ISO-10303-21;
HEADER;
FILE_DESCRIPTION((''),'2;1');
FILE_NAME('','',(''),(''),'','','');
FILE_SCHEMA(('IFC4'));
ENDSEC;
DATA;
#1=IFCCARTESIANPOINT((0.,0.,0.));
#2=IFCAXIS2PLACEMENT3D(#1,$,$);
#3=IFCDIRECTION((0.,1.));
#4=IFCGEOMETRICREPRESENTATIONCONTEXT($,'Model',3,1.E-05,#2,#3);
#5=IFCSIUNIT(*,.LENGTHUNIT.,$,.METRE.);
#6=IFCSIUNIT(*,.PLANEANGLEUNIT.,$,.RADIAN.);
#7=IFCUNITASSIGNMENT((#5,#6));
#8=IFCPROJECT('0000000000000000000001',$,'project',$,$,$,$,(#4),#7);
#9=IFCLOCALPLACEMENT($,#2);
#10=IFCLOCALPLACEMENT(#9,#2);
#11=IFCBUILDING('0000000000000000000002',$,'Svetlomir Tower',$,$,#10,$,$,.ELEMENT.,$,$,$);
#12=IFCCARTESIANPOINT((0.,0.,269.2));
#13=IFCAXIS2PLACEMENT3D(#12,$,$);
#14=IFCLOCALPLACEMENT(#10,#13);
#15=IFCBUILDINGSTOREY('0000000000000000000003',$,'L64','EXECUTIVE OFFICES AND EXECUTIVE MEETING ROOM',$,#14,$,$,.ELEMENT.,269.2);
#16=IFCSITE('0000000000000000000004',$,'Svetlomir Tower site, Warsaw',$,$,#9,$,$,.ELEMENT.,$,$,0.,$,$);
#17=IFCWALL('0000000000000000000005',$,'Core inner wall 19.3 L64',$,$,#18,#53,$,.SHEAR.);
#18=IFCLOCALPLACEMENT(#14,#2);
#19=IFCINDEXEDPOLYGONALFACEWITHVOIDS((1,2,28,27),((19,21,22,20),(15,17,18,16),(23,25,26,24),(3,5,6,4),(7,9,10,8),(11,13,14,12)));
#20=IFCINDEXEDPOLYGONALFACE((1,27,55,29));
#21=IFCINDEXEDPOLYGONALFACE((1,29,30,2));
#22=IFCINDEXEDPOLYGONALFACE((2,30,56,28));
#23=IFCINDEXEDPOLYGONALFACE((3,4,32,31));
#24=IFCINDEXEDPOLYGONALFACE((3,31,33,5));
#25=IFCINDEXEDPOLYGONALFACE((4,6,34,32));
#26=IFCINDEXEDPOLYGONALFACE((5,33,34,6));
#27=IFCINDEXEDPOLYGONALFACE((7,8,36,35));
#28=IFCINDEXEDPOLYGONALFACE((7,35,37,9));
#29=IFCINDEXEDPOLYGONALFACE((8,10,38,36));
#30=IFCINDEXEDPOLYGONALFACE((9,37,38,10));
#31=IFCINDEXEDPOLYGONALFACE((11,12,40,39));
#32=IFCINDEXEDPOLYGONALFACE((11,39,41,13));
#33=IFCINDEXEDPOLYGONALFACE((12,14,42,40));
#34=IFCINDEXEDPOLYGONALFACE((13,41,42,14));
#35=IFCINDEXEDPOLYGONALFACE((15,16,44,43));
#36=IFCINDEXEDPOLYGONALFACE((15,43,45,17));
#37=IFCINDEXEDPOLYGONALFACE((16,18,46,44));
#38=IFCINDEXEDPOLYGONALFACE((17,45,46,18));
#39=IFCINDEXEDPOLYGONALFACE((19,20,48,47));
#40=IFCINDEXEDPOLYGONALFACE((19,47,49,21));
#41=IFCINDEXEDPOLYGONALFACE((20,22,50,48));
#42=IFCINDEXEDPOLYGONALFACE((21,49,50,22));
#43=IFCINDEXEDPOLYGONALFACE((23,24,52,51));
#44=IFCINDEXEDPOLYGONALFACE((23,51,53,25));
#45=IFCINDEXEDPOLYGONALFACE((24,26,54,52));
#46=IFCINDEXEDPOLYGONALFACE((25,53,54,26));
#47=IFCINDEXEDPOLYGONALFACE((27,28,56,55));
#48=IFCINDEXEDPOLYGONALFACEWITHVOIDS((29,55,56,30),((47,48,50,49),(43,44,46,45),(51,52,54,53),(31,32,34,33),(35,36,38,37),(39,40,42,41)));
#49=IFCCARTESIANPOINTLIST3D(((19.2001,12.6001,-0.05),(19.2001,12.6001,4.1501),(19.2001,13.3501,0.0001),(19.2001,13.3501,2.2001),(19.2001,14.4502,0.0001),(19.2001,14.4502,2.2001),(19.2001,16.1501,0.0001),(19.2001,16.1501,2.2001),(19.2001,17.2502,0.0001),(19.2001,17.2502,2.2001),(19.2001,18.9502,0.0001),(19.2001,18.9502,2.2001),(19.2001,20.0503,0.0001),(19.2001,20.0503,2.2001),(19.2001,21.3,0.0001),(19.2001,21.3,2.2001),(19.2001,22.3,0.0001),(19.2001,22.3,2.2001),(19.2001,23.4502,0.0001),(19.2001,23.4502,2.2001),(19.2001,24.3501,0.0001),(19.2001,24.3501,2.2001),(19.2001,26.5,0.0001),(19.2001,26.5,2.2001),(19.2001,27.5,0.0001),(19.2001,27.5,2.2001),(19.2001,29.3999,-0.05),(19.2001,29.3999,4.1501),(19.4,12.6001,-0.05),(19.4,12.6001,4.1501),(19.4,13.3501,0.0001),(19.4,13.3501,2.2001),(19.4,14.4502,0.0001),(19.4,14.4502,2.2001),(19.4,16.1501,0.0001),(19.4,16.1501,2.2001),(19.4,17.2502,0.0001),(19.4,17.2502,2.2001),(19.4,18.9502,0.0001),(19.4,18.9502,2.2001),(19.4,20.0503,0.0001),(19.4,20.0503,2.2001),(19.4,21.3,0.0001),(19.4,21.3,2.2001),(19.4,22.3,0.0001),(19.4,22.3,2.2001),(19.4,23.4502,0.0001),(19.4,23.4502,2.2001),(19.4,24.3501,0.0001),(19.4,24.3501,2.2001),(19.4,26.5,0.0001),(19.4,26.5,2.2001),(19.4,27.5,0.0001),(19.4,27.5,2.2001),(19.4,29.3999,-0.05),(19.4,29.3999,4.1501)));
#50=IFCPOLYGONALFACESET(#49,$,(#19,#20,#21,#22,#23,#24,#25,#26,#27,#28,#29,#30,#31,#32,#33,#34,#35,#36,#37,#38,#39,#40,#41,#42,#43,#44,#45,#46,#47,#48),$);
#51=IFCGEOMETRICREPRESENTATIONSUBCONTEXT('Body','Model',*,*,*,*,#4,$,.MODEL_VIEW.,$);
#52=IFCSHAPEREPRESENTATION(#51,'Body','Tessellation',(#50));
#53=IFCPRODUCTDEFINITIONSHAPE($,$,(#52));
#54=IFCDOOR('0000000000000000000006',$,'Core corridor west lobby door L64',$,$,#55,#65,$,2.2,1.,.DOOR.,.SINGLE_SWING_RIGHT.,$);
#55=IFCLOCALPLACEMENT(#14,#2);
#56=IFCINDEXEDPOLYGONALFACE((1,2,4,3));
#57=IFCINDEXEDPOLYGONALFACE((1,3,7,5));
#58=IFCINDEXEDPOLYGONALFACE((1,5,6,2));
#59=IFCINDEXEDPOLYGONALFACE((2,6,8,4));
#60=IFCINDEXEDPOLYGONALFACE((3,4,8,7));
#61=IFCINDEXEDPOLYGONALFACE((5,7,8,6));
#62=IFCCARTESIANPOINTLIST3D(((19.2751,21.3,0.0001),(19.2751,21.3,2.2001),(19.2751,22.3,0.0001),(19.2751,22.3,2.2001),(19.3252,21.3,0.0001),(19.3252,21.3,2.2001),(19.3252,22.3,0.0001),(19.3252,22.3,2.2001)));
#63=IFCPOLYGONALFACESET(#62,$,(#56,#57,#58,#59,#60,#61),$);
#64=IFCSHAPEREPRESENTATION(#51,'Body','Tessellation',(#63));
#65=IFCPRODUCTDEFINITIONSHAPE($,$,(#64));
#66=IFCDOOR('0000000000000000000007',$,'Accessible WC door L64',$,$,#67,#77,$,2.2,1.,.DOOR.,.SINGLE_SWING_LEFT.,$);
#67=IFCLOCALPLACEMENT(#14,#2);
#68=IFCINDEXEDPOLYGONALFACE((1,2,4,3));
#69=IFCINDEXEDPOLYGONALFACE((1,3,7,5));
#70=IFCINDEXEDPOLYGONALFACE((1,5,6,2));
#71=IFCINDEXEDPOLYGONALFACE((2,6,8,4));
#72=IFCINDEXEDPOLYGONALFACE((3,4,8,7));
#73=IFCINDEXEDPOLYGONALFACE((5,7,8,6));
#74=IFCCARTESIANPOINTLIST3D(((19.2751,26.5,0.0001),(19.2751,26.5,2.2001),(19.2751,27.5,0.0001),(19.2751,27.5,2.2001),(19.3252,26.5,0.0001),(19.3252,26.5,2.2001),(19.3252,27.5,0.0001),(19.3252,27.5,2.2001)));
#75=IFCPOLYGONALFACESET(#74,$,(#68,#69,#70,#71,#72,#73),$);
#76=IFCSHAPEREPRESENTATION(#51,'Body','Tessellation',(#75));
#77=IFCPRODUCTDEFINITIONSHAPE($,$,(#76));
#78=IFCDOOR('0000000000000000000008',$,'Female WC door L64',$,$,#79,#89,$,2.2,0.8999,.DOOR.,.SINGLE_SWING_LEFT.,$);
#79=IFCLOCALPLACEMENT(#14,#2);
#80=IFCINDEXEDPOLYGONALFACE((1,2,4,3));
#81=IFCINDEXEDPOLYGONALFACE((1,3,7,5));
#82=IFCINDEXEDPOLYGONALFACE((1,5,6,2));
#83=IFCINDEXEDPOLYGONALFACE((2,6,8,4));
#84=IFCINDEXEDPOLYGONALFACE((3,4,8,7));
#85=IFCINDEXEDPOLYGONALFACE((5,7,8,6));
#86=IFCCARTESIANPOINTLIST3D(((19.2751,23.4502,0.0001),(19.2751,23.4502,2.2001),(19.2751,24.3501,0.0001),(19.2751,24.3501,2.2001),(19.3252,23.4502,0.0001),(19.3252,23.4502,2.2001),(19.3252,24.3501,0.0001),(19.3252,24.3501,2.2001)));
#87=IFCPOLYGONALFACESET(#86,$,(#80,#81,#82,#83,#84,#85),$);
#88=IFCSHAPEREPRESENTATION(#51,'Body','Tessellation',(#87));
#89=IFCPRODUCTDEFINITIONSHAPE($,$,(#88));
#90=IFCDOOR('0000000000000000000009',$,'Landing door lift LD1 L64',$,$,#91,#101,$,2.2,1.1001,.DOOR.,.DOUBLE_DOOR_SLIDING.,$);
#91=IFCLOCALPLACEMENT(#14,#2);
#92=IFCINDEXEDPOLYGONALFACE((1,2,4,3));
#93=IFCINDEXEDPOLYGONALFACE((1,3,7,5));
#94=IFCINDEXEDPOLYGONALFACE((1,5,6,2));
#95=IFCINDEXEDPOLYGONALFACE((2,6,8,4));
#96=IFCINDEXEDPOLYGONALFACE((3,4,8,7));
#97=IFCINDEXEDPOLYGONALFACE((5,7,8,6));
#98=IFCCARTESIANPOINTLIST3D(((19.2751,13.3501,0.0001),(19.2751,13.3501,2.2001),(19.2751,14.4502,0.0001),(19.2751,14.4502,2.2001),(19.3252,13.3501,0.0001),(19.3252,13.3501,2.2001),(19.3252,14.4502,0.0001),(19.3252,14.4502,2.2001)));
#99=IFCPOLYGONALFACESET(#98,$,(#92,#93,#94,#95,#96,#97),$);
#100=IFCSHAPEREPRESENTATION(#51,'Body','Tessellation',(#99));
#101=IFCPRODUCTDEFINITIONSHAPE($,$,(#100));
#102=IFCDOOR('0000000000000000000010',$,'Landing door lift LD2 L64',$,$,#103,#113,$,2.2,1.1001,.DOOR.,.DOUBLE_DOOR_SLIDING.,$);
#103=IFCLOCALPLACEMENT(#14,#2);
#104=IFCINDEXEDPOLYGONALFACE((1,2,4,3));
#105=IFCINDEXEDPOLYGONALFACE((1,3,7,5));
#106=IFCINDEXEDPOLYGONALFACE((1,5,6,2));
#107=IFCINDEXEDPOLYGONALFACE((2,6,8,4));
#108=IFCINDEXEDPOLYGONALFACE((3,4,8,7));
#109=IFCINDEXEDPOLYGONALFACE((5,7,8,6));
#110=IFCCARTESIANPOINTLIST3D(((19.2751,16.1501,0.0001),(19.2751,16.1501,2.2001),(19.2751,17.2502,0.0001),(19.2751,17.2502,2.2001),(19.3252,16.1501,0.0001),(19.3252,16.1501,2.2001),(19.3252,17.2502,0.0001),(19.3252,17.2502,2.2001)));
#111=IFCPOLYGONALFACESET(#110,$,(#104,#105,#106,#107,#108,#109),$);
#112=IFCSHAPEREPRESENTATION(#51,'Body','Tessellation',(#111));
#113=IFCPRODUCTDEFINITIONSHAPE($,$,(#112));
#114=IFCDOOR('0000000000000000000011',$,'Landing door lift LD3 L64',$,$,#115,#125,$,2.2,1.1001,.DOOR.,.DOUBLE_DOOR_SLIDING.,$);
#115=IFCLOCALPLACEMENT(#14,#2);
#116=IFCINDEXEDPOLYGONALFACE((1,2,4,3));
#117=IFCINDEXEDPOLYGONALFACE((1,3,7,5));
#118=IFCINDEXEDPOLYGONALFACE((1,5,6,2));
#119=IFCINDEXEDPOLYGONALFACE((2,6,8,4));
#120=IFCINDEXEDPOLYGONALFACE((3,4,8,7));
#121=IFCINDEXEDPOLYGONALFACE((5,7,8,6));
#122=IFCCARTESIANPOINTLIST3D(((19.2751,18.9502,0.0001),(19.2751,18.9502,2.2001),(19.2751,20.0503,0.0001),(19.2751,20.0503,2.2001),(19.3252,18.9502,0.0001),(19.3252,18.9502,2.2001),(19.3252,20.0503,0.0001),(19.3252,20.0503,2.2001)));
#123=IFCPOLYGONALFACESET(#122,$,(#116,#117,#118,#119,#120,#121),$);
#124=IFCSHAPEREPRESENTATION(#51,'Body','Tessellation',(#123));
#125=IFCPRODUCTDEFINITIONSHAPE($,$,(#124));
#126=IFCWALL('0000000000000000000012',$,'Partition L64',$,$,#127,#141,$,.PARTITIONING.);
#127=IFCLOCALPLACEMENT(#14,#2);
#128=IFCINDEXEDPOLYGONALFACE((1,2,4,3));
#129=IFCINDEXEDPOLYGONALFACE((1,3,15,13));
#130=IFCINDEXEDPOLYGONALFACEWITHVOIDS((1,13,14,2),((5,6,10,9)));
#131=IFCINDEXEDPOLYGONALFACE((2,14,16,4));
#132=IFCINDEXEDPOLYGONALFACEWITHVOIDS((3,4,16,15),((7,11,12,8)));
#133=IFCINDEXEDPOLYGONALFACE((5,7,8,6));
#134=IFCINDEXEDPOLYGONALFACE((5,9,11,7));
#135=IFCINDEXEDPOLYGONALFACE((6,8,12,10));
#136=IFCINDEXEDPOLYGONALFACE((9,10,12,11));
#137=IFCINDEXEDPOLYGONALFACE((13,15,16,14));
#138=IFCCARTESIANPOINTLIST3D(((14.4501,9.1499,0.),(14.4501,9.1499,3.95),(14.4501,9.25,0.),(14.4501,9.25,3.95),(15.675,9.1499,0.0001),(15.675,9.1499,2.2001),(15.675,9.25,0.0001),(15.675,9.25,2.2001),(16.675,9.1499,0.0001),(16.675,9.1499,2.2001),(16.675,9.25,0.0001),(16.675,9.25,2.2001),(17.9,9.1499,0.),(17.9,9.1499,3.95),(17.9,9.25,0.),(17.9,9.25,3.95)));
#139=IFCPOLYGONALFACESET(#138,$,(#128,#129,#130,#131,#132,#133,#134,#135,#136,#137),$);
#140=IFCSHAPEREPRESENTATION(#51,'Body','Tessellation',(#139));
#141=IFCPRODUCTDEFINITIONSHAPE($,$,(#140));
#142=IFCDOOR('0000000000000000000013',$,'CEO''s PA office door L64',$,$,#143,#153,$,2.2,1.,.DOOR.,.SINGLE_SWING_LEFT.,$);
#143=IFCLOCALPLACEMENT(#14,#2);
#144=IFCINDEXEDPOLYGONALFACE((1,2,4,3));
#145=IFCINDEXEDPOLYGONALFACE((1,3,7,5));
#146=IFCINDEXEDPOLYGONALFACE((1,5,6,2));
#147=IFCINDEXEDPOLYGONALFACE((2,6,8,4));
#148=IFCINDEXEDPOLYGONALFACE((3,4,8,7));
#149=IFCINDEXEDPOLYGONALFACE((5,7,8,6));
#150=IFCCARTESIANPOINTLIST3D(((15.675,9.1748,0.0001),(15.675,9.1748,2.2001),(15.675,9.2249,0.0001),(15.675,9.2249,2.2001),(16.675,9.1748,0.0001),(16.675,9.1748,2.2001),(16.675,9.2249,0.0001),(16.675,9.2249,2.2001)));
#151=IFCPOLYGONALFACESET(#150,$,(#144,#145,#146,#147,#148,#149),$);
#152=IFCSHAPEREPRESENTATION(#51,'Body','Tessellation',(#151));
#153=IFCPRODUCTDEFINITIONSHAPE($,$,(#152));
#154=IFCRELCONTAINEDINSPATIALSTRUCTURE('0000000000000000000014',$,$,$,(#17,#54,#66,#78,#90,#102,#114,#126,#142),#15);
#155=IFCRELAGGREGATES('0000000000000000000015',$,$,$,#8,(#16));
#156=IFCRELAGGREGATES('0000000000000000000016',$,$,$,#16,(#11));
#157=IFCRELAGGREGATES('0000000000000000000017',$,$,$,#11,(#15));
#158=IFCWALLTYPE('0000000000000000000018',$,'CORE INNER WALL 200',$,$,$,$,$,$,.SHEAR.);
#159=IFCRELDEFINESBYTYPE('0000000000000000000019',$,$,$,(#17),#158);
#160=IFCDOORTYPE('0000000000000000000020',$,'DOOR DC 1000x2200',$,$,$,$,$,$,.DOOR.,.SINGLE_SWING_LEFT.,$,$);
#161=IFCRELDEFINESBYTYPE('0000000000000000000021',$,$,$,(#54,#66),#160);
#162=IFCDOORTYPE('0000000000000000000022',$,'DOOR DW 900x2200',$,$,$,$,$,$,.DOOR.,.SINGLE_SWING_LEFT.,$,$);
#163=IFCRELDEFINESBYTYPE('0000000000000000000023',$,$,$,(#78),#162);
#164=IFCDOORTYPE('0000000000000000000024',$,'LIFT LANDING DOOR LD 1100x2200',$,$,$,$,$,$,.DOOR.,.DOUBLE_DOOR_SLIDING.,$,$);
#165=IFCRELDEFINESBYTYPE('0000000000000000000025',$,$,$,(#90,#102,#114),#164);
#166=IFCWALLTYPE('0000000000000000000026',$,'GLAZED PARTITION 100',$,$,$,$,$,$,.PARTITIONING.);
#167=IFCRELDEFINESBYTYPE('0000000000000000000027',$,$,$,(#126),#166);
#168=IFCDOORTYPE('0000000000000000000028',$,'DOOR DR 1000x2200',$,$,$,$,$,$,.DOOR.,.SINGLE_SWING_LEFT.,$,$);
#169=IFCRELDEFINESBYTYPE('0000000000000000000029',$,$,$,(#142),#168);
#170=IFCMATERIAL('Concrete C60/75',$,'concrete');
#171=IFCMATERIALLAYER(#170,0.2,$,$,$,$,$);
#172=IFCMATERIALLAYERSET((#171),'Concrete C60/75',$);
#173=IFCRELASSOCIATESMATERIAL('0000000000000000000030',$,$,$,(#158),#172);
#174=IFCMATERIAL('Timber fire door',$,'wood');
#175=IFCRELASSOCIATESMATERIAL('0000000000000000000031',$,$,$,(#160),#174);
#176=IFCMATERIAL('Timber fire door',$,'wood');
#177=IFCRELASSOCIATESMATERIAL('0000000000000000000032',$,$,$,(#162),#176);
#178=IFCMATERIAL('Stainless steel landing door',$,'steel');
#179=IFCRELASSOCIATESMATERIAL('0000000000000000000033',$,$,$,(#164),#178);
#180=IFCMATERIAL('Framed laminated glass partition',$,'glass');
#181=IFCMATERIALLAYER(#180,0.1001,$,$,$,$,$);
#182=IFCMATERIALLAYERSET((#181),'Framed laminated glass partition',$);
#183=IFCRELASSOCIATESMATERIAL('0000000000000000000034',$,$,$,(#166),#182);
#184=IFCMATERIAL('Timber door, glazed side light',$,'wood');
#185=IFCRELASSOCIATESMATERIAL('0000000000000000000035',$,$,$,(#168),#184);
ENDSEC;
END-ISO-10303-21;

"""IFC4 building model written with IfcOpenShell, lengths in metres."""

from ifc_helpers import new_model, si_unit, direction, frame, frame_2d, origin, place, context, subcontext, project, spatial, rectangle, extrude, material, layer, layer_set, type_object, element, fill, save


model = new_model("IFC4")

# Units and contexts
model_context = context("Model", 3, precision=1e-05, world=origin(), true_north=direction((0.0, 1.0)))
body_context = subcontext(model_context, "Body", "Model", "MODEL_VIEW")
ifc_project = project(units=[si_unit("LENGTHUNIT", "METRE"), si_unit("PLANEANGLEUNIT", "RADIAN")], contexts=[model_context])

# Site, building, storey
site_placement = place(None, origin())
site = spatial("IfcSite", under=ifc_project, at=site_placement, Name="Svetlomir Tower site, Warsaw", CompositionType="ELEMENT", RefElevation=0.0)
building_placement = place(site_placement, origin())
building = spatial("IfcBuilding", under=site, at=building_placement, Name="Svetlomir Tower", CompositionType="ELEMENT")
storey_placement = place(building_placement, frame((0.0, 0.0, 269.2)))
storey = spatial("IfcBuildingStorey", under=building, at=storey_placement, Name="L64", Description="EXECUTIVE OFFICES AND EXECUTIVE MEETING ROOM", CompositionType="ELEMENT", Elevation=269.2)

# Shared definitions
ifc_material_1 = material(Name="Concrete C60/75", Category="concrete")
ifc_layer_1 = layer(ifc_material_1, 0.2)
ifc_layer_set_1 = layer_set([ifc_layer_1], Name="Concrete C60/75")
wall_type_1 = type_object("IfcWallType", Name="CORE INNER WALL 200", PredefinedType="SHEAR", material=ifc_layer_set_1)

# Wall, openings, doors
wall_1_placement = place(storey_placement, frame((19.3, 12.6001, -0.05), z_axis=(0.0, 0.0, 1.0), x_axis=(0.0, 1.0, 0.0)))
wall_1 = element("IfcWall", 1, at=wall_1_placement, inside=storey, type_object=wall_type_1, Name="Core inner wall 19.3 L64", PredefinedType="SHEAR", context=body_context, shape_type="SweptSolid", body=[
    extrude(rectangle(XDim=16.7998, YDim=0.2, at=frame_2d((8.3999, 0.0))), origin(), (0.0, 0.0, 1.0), 4.2002),
])
opening_1_placement = place(wall_1_placement, frame((8.7, 0.0, 0.05)))
opening_1 = element("IfcOpeningElement", 2, at=opening_1_placement, cuts=wall_1, PredefinedType="OPENING", context=body_context, shape_type="SweptSolid", body=[
    extrude(rectangle(XDim=1.0, YDim=2.2, at=frame_2d((0.5, 1.1001))), frame((0.0, 0.1099, 0.0), z_axis=(0.0, -1.0, 0.0), x_axis=(1.0, 0.0, 0.0)), (0.0, 0.0, 1.0), 0.22),
])
opening_2_placement = place(wall_1_placement, frame((10.8501, 0.0, 0.05)))
opening_2 = element("IfcOpeningElement", 3, at=opening_2_placement, cuts=wall_1, PredefinedType="OPENING", context=body_context, shape_type="SweptSolid", body=[
    extrude(rectangle(XDim=0.8999, YDim=2.2, at=frame_2d((0.45, 1.1001))), frame((0.0, 0.1099, 0.0), z_axis=(0.0, -1.0, 0.0), x_axis=(1.0, 0.0, 0.0)), (0.0, 0.0, 1.0), 0.22),
])
opening_3_placement = place(wall_1_placement, frame((13.8999, 0.0, 0.05)))
opening_3 = element("IfcOpeningElement", 4, at=opening_3_placement, cuts=wall_1, PredefinedType="OPENING", context=body_context, shape_type="SweptSolid", body=[
    extrude(rectangle(XDim=1.0, YDim=2.2, at=frame_2d((0.5, 1.1001))), frame((0.0, 0.1099, 0.0), z_axis=(0.0, -1.0, 0.0), x_axis=(1.0, 0.0, 0.0)), (0.0, 0.0, 1.0), 0.22),
])
opening_4_placement = place(wall_1_placement, frame((0.75, 0.0, 0.05)))
opening_4 = element("IfcOpeningElement", 5, at=opening_4_placement, cuts=wall_1, PredefinedType="OPENING", context=body_context, shape_type="SweptSolid", body=[
    extrude(rectangle(XDim=1.1001, YDim=2.2, at=frame_2d((0.55, 1.1001))), frame((0.0, 0.1099, 0.0), z_axis=(0.0, -1.0, 0.0), x_axis=(1.0, 0.0, 0.0)), (0.0, 0.0, 1.0), 0.22),
])
opening_5_placement = place(wall_1_placement, frame((3.55, 0.0, 0.05)))
opening_5 = element("IfcOpeningElement", 6, at=opening_5_placement, cuts=wall_1, PredefinedType="OPENING", context=body_context, shape_type="SweptSolid", body=[
    extrude(rectangle(XDim=1.1001, YDim=2.2, at=frame_2d((0.55, 1.1001))), frame((0.0, 0.1099, 0.0), z_axis=(0.0, -1.0, 0.0), x_axis=(1.0, 0.0, 0.0)), (0.0, 0.0, 1.0), 0.22),
])
opening_6_placement = place(wall_1_placement, frame((6.3501, 0.0, 0.05)))
opening_6 = element("IfcOpeningElement", 7, at=opening_6_placement, cuts=wall_1, PredefinedType="OPENING", context=body_context, shape_type="SweptSolid", body=[
    extrude(rectangle(XDim=1.1001, YDim=2.2, at=frame_2d((0.55, 1.1001))), frame((0.0, 0.1099, 0.0), z_axis=(0.0, -1.0, 0.0), x_axis=(1.0, 0.0, 0.0)), (0.0, 0.0, 1.0), 0.22),
])
ifc_material_2 = material(Name="Timber fire door", Category="wood")
door_type_1 = type_object("IfcDoorType", Name="DOOR DC 1000x2200", OperationType="SINGLE_SWING_LEFT", PredefinedType="DOOR", material=ifc_material_2)
door_1_placement = place(opening_1_placement, origin())
door_1 = element("IfcDoor", 8, at=door_1_placement, inside=storey, type_object=door_type_1, Name="Core corridor west lobby door L64", OperationType="SINGLE_SWING_RIGHT", OverallHeight=2.2, OverallWidth=1.0, PredefinedType="DOOR", context=body_context, shape_type="SweptSolid", body=[
    extrude(rectangle(XDim=1.0, YDim=2.2, at=frame_2d((0.5, 1.1001))), frame((0.0, 0.0249, 0.0), z_axis=(0.0, -1.0, 0.0), x_axis=(1.0, 0.0, 0.0)), (0.0, 0.0, 1.0), 0.05),
])
fill(opening_1, door_1)
door_2_placement = place(opening_3_placement, origin())
door_2 = element("IfcDoor", 9, at=door_2_placement, inside=storey, type_object=door_type_1, Name="Accessible WC door L64", OperationType="SINGLE_SWING_LEFT", OverallHeight=2.2, OverallWidth=1.0, PredefinedType="DOOR", context=body_context, shape_type="SweptSolid", body=[
    extrude(rectangle(XDim=1.0, YDim=2.2, at=frame_2d((0.5, 1.1001))), frame((0.0, 0.0249, 0.0), z_axis=(0.0, -1.0, 0.0), x_axis=(1.0, 0.0, 0.0)), (0.0, 0.0, 1.0), 0.05),
])
fill(opening_3, door_2)
ifc_material_3 = material(Name="Timber fire door", Category="wood")
door_type_2 = type_object("IfcDoorType", Name="DOOR DW 900x2200", OperationType="SINGLE_SWING_LEFT", PredefinedType="DOOR", material=ifc_material_3)
door_3_placement = place(opening_2_placement, origin())
door_3 = element("IfcDoor", 10, at=door_3_placement, inside=storey, type_object=door_type_2, Name="Female WC door L64", OperationType="SINGLE_SWING_LEFT", OverallHeight=2.2, OverallWidth=0.8999, PredefinedType="DOOR", context=body_context, shape_type="SweptSolid", body=[
    extrude(rectangle(XDim=0.8999, YDim=2.2, at=frame_2d((0.45, 1.1001))), frame((0.0, 0.0249, 0.0), z_axis=(0.0, -1.0, 0.0), x_axis=(1.0, 0.0, 0.0)), (0.0, 0.0, 1.0), 0.05),
])
fill(opening_2, door_3)
ifc_material_4 = material(Name="Stainless steel landing door", Category="steel")
door_type_3 = type_object("IfcDoorType", Name="LIFT LANDING DOOR LD 1100x2200", OperationType="DOUBLE_DOOR_SLIDING", PredefinedType="DOOR", material=ifc_material_4)
door_4_placement = place(opening_4_placement, origin())
door_4 = element("IfcDoor", 11, at=door_4_placement, inside=storey, type_object=door_type_3, Name="Landing door lift LD1 L64", OperationType="DOUBLE_DOOR_SLIDING", OverallHeight=2.2, OverallWidth=1.1001, PredefinedType="DOOR", context=body_context, shape_type="SweptSolid", body=[
    extrude(rectangle(XDim=1.1001, YDim=2.2, at=frame_2d((0.55, 1.1001))), frame((0.0, 0.0249, 0.0), z_axis=(0.0, -1.0, 0.0), x_axis=(1.0, 0.0, 0.0)), (0.0, 0.0, 1.0), 0.05),
])
fill(opening_4, door_4)
door_5_placement = place(opening_5_placement, origin())
door_5 = element("IfcDoor", 12, at=door_5_placement, inside=storey, type_object=door_type_3, Name="Landing door lift LD2 L64", OperationType="DOUBLE_DOOR_SLIDING", OverallHeight=2.2, OverallWidth=1.1001, PredefinedType="DOOR", context=body_context, shape_type="SweptSolid", body=[
    extrude(rectangle(XDim=1.1001, YDim=2.2, at=frame_2d((0.55, 1.1001))), frame((0.0, 0.0249, 0.0), z_axis=(0.0, -1.0, 0.0), x_axis=(1.0, 0.0, 0.0)), (0.0, 0.0, 1.0), 0.05),
])
fill(opening_5, door_5)
door_6_placement = place(opening_6_placement, origin())
door_6 = element("IfcDoor", 13, at=door_6_placement, inside=storey, type_object=door_type_3, Name="Landing door lift LD3 L64", OperationType="DOUBLE_DOOR_SLIDING", OverallHeight=2.2, OverallWidth=1.1001, PredefinedType="DOOR", context=body_context, shape_type="SweptSolid", body=[
    extrude(rectangle(XDim=1.1001, YDim=2.2, at=frame_2d((0.55, 1.1001))), frame((0.0, 0.0249, 0.0), z_axis=(0.0, -1.0, 0.0), x_axis=(1.0, 0.0, 0.0)), (0.0, 0.0, 1.0), 0.05),
])
fill(opening_6, door_6)

# Wall, opening, door
ifc_material_5 = material(Name="Framed laminated glass partition", Category="glass")
ifc_layer_2 = layer(ifc_material_5, 0.1001)
ifc_layer_set_2 = layer_set([ifc_layer_2], Name="Framed laminated glass partition")
wall_type_2 = type_object("IfcWallType", Name="GLAZED PARTITION 100", PredefinedType="PARTITIONING", material=ifc_layer_set_2)
wall_2_placement = place(storey_placement, frame((14.45, 9.2, 0.0), z_axis=(0.0, 0.0, 1.0), x_axis=(1.0, 0.0, 0.0)))
wall_2 = element("IfcWall", 14, at=wall_2_placement, inside=storey, type_object=wall_type_2, Name="Partition L64", PredefinedType="PARTITIONING", context=body_context, shape_type="SweptSolid", body=[
    extrude(rectangle(XDim=3.45, YDim=0.1001, at=frame_2d((1.7251, 0.0))), origin(), (0.0, 0.0, 1.0), 3.95),
])
opening_7_placement = place(wall_2_placement, frame((1.2251, 0.0, 0.0)))
opening_7 = element("IfcOpeningElement", 15, at=opening_7_placement, cuts=wall_2, PredefinedType="OPENING", context=body_context, shape_type="SweptSolid", body=[
    extrude(rectangle(XDim=1.0, YDim=2.2, at=frame_2d((0.5, 1.1001))), frame((0.0, 0.0601, 0.0), z_axis=(0.0, -1.0, 0.0), x_axis=(1.0, 0.0, 0.0)), (0.0, 0.0, 1.0), 0.1201),
])
ifc_material_6 = material(Name="Timber door, glazed side light", Category="wood")
door_type_4 = type_object("IfcDoorType", Name="DOOR DR 1000x2200", OperationType="SINGLE_SWING_LEFT", PredefinedType="DOOR", material=ifc_material_6)
door_7_placement = place(opening_7_placement, origin())
door_7 = element("IfcDoor", 16, at=door_7_placement, inside=storey, type_object=door_type_4, Name="CEO's PA office door L64", OperationType="SINGLE_SWING_LEFT", OverallHeight=2.2, OverallWidth=1.0, PredefinedType="DOOR", context=body_context, shape_type="SweptSolid", body=[
    extrude(rectangle(XDim=1.0, YDim=2.2, at=frame_2d((0.5, 1.1001))), frame((0.0, 0.0249, 0.0), z_axis=(0.0, -1.0, 0.0), x_axis=(1.0, 0.0, 0.0)), (0.0, 0.0, 1.0), 0.05),
])
fill(opening_7, door_7)

save(model, "model.ifc")
